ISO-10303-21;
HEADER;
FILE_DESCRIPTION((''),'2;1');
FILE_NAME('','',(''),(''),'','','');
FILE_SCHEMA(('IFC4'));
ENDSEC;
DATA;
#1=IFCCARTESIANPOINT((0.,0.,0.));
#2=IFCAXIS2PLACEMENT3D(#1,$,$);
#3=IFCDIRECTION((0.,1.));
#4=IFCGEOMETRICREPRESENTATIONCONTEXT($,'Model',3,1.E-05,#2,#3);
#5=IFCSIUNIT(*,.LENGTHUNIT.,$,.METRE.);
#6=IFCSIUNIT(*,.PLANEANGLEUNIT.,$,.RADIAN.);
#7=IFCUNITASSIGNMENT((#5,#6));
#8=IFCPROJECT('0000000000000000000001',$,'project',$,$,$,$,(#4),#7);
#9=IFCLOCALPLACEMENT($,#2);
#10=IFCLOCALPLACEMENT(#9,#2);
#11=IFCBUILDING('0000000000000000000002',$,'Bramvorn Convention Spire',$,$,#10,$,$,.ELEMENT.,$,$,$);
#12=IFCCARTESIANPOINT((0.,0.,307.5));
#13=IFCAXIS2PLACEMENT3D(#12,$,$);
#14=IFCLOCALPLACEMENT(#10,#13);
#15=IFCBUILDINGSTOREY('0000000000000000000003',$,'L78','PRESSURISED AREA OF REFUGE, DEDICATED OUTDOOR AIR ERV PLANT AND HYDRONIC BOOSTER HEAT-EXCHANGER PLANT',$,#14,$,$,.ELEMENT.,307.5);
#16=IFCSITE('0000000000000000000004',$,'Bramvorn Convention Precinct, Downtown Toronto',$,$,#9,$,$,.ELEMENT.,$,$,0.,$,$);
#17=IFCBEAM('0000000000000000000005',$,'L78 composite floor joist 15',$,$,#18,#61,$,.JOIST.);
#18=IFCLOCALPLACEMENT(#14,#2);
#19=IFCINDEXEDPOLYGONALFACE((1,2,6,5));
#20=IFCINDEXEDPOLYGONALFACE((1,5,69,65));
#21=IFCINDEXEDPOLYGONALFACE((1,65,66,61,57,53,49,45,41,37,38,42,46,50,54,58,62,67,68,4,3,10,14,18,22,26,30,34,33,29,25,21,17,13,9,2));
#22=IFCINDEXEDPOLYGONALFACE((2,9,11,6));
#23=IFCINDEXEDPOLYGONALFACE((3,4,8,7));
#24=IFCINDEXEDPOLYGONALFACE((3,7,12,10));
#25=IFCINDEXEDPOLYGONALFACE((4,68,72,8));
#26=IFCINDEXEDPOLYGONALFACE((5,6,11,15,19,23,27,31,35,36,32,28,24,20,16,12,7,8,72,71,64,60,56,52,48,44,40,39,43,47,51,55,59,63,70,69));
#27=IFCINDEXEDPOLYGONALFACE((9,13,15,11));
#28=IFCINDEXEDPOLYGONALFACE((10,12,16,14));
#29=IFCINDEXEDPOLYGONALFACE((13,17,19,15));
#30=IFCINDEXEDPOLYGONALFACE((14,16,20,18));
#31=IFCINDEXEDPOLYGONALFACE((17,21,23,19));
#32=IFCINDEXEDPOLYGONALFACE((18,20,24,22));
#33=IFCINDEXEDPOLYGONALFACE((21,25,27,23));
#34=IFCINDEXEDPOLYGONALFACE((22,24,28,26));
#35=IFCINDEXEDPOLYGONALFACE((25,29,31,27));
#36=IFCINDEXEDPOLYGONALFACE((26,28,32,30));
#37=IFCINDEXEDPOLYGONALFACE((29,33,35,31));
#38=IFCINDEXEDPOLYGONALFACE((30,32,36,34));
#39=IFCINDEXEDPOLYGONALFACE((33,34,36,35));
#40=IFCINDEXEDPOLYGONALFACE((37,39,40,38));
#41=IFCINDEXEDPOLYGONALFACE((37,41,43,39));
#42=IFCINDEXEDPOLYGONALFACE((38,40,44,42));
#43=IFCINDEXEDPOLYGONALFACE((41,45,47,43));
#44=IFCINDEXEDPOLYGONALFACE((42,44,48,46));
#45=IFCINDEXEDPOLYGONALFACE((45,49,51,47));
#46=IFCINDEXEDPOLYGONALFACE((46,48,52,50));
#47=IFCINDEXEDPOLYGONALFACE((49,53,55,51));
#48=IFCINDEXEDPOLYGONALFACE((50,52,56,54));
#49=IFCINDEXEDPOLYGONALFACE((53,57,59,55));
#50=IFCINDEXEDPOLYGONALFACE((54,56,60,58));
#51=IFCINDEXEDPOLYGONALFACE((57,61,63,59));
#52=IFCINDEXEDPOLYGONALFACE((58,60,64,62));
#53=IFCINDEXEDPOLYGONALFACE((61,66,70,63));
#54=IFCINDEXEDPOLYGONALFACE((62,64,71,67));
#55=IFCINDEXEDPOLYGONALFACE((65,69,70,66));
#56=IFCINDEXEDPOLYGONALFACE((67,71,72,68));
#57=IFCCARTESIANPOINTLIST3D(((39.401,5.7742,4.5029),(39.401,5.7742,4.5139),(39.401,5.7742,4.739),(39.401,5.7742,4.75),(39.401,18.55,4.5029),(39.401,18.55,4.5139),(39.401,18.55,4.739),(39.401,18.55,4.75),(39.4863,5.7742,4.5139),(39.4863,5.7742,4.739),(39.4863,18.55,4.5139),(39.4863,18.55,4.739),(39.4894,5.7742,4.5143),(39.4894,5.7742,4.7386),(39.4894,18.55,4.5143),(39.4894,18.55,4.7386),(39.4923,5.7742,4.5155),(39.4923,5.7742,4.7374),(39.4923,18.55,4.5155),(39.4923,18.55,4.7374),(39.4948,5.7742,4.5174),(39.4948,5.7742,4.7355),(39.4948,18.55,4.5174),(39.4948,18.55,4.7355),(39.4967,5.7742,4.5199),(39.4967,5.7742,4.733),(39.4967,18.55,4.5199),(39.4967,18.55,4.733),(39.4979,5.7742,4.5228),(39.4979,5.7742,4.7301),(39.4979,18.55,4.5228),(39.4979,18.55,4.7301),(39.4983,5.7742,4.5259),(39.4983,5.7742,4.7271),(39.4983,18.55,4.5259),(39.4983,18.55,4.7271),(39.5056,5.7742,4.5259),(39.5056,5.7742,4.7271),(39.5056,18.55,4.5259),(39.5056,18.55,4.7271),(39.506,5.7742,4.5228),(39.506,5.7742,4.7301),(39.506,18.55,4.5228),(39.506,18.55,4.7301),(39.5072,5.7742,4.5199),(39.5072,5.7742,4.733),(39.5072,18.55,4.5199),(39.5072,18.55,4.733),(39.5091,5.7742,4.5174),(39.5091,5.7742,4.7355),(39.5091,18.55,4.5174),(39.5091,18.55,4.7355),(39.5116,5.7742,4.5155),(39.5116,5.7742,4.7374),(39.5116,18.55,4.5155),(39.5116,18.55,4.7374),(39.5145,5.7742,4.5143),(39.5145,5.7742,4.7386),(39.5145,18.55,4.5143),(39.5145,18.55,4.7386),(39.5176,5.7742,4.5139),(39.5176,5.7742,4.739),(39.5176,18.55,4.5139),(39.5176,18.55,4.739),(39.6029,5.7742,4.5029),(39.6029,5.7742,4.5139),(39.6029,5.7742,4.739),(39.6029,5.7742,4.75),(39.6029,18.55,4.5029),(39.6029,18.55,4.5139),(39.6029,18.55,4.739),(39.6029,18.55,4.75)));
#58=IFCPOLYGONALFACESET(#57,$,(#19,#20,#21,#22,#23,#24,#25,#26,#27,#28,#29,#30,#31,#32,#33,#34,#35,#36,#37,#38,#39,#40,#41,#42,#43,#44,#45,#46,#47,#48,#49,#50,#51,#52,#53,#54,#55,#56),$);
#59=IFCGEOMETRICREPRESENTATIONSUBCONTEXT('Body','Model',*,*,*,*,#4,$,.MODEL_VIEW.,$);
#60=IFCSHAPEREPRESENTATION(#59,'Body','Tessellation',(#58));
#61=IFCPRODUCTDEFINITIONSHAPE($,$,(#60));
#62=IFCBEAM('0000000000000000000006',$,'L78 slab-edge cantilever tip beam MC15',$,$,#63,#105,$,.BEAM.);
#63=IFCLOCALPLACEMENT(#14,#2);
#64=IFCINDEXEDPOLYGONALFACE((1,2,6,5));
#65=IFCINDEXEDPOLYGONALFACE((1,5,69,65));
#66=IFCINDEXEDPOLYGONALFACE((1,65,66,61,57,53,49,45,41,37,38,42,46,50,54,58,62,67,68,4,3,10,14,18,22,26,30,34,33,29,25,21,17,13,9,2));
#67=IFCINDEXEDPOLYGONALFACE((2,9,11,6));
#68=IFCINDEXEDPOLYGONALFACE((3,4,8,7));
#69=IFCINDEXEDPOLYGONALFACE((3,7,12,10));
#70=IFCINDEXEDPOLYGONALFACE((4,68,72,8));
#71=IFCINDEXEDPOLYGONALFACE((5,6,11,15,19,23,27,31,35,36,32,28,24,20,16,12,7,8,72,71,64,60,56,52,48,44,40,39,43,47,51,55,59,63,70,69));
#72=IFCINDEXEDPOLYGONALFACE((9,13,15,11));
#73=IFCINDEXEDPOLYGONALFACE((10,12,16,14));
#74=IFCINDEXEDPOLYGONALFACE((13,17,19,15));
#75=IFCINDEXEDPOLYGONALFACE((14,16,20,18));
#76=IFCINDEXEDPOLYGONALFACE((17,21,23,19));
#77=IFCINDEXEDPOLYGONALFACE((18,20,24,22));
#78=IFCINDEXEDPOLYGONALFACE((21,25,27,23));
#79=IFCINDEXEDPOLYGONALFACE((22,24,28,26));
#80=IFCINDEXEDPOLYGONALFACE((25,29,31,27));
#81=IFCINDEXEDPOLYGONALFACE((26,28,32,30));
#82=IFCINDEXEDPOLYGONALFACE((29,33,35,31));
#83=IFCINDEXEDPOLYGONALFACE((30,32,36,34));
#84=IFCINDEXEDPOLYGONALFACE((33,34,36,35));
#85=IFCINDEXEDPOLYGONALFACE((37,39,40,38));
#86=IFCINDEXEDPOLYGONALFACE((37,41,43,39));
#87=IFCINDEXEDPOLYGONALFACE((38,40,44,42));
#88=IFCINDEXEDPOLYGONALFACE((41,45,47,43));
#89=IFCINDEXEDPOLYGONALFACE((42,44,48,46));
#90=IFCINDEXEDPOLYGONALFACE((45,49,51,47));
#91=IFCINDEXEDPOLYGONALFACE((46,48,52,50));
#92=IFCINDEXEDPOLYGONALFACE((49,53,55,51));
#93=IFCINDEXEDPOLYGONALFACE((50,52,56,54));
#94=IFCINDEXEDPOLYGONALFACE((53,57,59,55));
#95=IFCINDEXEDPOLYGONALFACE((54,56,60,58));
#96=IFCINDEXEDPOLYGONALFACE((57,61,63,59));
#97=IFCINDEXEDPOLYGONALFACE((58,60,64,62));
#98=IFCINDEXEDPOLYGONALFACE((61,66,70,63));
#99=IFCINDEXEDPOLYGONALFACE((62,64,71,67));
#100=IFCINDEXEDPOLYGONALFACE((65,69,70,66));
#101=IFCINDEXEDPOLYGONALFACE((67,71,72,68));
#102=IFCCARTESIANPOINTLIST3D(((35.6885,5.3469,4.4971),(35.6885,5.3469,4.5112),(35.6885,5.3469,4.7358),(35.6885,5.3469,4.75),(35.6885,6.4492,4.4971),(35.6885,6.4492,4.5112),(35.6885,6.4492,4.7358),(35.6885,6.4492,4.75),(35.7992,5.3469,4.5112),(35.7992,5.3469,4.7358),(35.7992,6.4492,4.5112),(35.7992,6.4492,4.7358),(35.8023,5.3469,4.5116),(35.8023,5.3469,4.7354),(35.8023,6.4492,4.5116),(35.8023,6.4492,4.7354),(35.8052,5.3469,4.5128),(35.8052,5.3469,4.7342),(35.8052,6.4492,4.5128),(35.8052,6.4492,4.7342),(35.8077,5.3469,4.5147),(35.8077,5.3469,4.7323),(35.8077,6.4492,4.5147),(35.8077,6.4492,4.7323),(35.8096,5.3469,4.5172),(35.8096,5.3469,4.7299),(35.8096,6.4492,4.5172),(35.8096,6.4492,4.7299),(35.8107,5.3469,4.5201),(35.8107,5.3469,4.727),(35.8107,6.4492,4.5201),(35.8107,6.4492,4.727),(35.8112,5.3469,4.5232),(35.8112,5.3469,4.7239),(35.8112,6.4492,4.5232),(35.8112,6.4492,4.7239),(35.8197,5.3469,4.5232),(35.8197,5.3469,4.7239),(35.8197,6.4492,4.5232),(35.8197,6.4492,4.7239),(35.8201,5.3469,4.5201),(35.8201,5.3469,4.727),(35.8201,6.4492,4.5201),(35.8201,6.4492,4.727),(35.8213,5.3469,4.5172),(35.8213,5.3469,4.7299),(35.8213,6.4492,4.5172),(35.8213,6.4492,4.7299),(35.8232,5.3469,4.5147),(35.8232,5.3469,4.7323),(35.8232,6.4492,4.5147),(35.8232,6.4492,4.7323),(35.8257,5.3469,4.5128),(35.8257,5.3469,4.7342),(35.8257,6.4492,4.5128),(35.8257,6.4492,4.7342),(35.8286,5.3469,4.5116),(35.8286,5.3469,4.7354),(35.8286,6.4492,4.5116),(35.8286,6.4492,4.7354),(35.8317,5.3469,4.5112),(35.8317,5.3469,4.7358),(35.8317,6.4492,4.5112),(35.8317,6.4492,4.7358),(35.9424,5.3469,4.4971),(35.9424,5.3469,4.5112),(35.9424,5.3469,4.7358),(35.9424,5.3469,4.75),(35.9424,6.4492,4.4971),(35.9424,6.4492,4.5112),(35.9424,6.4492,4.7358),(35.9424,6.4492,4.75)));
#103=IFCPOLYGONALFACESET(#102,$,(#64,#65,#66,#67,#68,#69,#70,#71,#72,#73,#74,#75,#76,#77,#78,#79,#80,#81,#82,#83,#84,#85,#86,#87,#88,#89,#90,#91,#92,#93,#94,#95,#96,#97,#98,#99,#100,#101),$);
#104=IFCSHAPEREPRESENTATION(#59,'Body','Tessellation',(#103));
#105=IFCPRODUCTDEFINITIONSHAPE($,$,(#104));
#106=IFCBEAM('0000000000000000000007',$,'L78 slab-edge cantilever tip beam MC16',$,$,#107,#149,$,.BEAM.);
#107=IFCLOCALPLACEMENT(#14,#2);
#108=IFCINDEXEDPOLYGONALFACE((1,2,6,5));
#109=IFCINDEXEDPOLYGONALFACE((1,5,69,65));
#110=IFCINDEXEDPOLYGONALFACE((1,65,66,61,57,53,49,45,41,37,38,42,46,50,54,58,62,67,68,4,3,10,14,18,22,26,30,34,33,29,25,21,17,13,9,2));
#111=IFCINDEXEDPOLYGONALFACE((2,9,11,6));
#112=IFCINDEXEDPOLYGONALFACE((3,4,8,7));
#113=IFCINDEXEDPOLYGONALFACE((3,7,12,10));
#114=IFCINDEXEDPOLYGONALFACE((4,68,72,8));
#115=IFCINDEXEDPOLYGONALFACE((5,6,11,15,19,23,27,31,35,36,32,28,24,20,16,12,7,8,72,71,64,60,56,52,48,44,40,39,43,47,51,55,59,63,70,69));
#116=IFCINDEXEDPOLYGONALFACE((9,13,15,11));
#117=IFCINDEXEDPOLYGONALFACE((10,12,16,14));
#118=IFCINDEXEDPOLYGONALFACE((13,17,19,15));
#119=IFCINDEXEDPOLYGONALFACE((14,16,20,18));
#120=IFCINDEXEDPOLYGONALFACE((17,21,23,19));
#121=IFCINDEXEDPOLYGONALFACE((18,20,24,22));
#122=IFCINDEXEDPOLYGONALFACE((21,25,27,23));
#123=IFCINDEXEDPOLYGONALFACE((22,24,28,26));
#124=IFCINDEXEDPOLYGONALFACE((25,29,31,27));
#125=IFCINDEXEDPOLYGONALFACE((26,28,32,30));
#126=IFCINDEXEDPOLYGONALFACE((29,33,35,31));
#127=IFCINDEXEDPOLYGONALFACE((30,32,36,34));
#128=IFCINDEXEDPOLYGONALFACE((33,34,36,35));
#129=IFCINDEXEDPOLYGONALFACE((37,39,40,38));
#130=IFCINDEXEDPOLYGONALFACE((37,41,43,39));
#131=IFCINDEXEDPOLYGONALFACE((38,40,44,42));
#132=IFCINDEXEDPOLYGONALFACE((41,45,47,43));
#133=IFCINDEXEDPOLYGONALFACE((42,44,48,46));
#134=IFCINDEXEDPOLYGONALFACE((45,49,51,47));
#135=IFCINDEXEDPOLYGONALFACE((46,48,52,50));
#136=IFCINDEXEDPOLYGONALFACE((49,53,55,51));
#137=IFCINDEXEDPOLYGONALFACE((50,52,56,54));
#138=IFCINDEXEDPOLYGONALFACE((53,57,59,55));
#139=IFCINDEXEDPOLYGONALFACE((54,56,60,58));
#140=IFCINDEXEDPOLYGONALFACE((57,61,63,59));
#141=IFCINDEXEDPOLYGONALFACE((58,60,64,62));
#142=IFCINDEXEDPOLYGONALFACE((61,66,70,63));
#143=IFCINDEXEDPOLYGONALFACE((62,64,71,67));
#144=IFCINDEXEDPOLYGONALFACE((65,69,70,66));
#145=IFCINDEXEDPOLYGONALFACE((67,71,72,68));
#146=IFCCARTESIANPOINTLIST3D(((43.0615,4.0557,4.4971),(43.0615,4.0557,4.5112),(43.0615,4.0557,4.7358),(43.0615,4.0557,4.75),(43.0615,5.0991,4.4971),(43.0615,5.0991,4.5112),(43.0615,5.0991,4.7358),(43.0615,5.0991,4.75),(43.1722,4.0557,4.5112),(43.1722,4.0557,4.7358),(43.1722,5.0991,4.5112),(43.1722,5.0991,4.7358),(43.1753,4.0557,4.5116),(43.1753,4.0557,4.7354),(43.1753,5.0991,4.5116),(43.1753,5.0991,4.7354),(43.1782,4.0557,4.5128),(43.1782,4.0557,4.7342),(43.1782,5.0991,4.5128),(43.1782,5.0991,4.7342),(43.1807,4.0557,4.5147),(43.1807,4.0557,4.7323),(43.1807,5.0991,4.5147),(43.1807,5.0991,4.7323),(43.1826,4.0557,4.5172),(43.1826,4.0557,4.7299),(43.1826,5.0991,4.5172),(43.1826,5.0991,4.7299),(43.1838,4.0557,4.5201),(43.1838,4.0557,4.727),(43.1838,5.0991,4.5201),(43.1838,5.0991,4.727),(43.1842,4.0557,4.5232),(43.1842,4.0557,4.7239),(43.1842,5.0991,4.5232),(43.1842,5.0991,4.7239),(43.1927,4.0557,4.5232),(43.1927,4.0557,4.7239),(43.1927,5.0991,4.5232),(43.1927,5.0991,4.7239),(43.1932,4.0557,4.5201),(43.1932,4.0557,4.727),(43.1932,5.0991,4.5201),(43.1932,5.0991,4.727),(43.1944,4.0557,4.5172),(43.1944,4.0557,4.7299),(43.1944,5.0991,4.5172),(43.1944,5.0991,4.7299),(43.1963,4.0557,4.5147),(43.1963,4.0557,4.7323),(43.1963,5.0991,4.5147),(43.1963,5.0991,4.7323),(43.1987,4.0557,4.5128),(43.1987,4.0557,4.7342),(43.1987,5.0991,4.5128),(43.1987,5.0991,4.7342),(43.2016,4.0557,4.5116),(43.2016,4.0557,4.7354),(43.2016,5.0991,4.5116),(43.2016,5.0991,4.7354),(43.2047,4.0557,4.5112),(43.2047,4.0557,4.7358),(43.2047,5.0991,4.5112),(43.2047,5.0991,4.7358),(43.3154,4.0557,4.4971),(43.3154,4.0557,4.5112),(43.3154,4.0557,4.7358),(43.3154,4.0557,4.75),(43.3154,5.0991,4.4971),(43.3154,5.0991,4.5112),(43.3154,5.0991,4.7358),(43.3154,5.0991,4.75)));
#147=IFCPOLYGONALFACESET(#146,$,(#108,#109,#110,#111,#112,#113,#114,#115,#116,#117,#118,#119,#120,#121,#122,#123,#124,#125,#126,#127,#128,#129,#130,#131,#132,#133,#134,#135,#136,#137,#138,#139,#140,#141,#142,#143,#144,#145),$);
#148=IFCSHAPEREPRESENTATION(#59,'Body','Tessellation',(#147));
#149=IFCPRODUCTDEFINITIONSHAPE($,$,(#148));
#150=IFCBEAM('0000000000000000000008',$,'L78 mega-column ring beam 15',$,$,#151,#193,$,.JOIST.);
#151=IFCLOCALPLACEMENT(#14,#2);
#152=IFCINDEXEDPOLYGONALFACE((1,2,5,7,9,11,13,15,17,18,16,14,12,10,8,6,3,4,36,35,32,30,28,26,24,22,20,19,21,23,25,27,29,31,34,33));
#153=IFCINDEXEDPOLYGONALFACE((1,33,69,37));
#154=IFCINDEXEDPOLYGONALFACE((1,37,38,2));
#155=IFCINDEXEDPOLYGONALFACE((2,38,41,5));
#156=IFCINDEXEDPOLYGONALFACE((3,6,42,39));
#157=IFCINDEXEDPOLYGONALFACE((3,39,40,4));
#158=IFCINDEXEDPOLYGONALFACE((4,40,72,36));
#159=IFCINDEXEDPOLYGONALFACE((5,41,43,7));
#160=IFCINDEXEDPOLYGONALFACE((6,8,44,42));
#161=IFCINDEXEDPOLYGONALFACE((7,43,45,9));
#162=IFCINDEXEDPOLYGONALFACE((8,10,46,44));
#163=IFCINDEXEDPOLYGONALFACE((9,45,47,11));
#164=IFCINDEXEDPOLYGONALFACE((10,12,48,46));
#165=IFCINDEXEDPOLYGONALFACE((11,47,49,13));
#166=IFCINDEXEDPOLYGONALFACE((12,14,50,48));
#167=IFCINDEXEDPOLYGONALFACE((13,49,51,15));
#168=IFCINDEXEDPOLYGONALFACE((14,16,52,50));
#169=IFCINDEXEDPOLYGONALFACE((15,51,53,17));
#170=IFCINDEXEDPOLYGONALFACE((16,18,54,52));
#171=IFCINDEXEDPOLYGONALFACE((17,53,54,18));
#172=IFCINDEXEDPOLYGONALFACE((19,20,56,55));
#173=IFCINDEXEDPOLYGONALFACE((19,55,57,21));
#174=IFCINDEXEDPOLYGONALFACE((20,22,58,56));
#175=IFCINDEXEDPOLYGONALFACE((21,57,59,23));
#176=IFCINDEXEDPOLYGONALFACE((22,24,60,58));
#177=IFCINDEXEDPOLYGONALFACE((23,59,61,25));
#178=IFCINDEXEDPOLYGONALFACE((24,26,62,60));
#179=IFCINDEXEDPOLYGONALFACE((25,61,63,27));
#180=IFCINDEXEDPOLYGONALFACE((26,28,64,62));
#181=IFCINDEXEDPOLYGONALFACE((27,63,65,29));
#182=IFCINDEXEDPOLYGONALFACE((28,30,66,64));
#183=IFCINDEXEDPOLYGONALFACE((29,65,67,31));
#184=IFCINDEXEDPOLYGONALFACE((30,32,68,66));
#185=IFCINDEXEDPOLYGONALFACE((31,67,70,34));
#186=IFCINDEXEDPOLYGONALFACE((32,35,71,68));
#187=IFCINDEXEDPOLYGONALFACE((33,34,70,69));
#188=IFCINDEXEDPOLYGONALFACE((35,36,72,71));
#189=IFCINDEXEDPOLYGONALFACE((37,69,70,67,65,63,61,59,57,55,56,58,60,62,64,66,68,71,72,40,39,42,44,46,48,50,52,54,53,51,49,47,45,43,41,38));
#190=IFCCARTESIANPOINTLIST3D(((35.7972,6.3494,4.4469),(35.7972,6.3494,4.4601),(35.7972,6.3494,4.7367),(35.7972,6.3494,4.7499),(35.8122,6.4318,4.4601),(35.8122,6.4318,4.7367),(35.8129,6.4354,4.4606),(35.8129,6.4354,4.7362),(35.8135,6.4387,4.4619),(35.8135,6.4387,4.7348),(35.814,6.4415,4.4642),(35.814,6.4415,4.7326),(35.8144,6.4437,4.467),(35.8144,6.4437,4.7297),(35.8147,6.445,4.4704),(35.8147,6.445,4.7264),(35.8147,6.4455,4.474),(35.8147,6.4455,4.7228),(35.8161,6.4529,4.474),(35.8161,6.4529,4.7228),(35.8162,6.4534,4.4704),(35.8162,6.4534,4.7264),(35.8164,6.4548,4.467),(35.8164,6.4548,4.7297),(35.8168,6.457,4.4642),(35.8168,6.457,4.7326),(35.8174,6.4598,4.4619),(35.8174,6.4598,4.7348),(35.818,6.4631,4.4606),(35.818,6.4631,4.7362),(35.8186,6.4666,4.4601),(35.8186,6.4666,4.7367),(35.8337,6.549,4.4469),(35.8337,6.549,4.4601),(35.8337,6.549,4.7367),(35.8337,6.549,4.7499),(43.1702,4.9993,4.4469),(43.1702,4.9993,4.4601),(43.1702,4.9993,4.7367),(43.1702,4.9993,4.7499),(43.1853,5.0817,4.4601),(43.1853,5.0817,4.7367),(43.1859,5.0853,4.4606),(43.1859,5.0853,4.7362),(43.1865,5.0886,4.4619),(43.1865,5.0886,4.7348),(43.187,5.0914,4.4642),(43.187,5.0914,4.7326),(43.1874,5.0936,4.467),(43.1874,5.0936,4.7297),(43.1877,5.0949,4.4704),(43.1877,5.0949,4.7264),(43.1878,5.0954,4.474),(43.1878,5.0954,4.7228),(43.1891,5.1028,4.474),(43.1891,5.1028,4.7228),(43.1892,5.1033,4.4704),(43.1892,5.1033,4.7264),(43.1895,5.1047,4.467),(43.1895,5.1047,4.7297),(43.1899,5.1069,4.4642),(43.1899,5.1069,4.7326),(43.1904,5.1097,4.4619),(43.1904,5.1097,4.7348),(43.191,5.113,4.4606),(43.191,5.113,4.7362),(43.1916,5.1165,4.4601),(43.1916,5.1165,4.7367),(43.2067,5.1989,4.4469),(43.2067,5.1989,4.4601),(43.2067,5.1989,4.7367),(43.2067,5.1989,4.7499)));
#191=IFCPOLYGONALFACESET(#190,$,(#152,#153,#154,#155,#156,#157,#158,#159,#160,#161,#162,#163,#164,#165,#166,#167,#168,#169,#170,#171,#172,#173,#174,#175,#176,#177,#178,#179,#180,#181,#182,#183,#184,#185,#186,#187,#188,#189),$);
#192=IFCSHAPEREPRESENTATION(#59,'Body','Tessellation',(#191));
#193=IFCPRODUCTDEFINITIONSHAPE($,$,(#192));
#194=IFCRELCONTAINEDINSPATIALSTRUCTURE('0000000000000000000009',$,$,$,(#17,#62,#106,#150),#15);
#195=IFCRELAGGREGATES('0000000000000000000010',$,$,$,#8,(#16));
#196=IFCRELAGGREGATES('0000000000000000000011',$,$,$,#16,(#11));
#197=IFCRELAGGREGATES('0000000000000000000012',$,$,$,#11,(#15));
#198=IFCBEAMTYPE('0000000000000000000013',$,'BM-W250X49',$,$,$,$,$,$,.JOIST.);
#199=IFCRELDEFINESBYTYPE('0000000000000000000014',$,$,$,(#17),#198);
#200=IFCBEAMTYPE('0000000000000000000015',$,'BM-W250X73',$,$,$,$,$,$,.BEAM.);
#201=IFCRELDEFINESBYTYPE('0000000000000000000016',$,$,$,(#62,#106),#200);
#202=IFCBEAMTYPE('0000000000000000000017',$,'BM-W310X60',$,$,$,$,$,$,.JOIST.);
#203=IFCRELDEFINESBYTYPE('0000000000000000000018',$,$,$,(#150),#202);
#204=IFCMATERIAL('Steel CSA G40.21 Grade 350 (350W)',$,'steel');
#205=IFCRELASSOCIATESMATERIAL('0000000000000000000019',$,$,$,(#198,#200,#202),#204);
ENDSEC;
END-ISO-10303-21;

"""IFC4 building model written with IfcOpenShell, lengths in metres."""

from ifc_helpers import new_model, si_unit, direction, frame, origin, origin_2d, place, context, subcontext, project, spatial, i_section, extrude, material, material_profile, profile_set, type_object, element, save


model = new_model("IFC4")

# Units and contexts
model_context = context("Model", 3, precision=1e-05, world=origin(), true_north=direction((0.0, 1.0)))
body_context = subcontext(model_context, "Body", "Model", "MODEL_VIEW")
ifc_project = project(units=[si_unit("LENGTHUNIT", "METRE"), si_unit("PLANEANGLEUNIT", "RADIAN")], contexts=[model_context])

# Site, building, storey
site_placement = place(None, origin())
site = spatial("IfcSite", under=ifc_project, at=site_placement, Name="Bramvorn Convention Precinct, Downtown Toronto", CompositionType="ELEMENT", RefElevation=0.0)
building_placement = place(site_placement, origin())
building = spatial("IfcBuilding", under=site, at=building_placement, Name="Bramvorn Convention Spire", CompositionType="ELEMENT")
storey_placement = place(building_placement, frame((0.0, 0.0, 307.5)))
storey = spatial("IfcBuildingStorey", under=building, at=storey_placement, Name="L78", Description="PRESSURISED AREA OF REFUGE, DEDICATED OUTDOOR AIR ERV PLANT AND HYDRONIC BOOSTER HEAT-EXCHANGER PLANT", CompositionType="ELEMENT", Elevation=307.5)

# Shared definitions
ifc_material_1 = material(Name="Steel CSA G40.21 Grade 350 (350W)", Category="steel")

# Beams
ifc_material_profile_1 = material_profile(ifc_material_1, i_section(OverallWidth=0.2019, OverallDepth=0.2471, WebThickness=0.0073, FlangeThickness=0.011, FilletRadius=0.012, at=origin_2d()))
ifc_profile_set_1 = profile_set([ifc_material_profile_1], Name="Steel CSA G40.21 Grade 350 (350W) - W250X49")
beam_type_1 = type_object("IfcBeamType", Name="BM-W250X49", PredefinedType="JOIST", material=ifc_profile_set_1)
beam_1_placement = place(storey_placement, frame((39.502, 18.55, 4.6265), z_axis=(0.0, -1.0, 0.0), x_axis=(1.0, 0.0, 0.0)))
element("IfcBeam", 1, at=beam_1_placement, inside=storey, type_object=beam_type_1, Name="L78 composite floor joist 15", PredefinedType="JOIST", context=body_context, shape_type="SweptSolid", body=[
    extrude(i_section(OverallWidth=0.2019, OverallDepth=0.2471, WebThickness=0.0073, FlangeThickness=0.011, FilletRadius=0.012, at=origin_2d()), origin(), (0.0, 0.0, 1.0), 12.7759),
])
ifc_material_profile_2 = material_profile(ifc_material_1, i_section(OverallWidth=0.2539, OverallDepth=0.2529, WebThickness=0.0085, FlangeThickness=0.0142, FilletRadius=0.012, at=origin_2d()))
ifc_profile_set_2 = profile_set([ifc_material_profile_2], Name="Steel CSA G40.21 Grade 350 (350W) - W250X73")
beam_type_2 = type_object("IfcBeamType", Name="BM-W250X73", PredefinedType="BEAM", material=ifc_profile_set_2)
beam_2_placement = place(storey_placement, frame((35.8154, 6.4492, 4.6235), z_axis=(0.0, -1.0, 0.0), x_axis=(1.0, 0.0, 0.0)))
element("IfcBeam", 2, at=beam_2_placement, inside=storey, type_object=beam_type_2, Name="L78 slab-edge cantilever tip beam MC15", PredefinedType="BEAM", context=body_context, shape_type="SweptSolid", body=[
    extrude(i_section(OverallWidth=0.2539, OverallDepth=0.2529, WebThickness=0.0085, FlangeThickness=0.0142, FilletRadius=0.012, at=origin_2d()), origin(), (0.0, 0.0, 1.0), 1.1023),
])
beam_3_placement = place(storey_placement, frame((43.1885, 5.0991, 4.6235), z_axis=(0.0, -1.0, 0.0), x_axis=(1.0, 0.0, 0.0)))
element("IfcBeam", 3, at=beam_3_placement, inside=storey, type_object=beam_type_2, Name="L78 slab-edge cantilever tip beam MC16", PredefinedType="BEAM", context=body_context, shape_type="SweptSolid", body=[
    extrude(i_section(OverallWidth=0.2539, OverallDepth=0.2529, WebThickness=0.0085, FlangeThickness=0.0142, FilletRadius=0.012, at=origin_2d()), origin(), (0.0, 0.0, 1.0), 1.0435),
])
ifc_material_profile_3 = material_profile(ifc_material_1, i_section(OverallWidth=0.2029, OverallDepth=0.303, WebThickness=0.0076, FlangeThickness=0.0132, FilletRadius=0.0139, at=origin_2d()))
ifc_profile_set_3 = profile_set([ifc_material_profile_3], Name="Steel CSA G40.21 Grade 350 (350W) - W310X60")
beam_type_3 = type_object("IfcBeamType", Name="BM-W310X60", PredefinedType="JOIST", material=ifc_profile_set_3)
beam_4_placement = place(storey_placement, frame((35.8154, 6.4492, 4.5984), z_axis=(0.983645, -0.180118, 0.0), x_axis=(0.180118, 0.983645, 0.0)))
element("IfcBeam", 4, at=beam_4_placement, inside=storey, type_object=beam_type_3, Name="L78 mega-column ring beam 15", PredefinedType="JOIST", context=body_context, shape_type="SweptSolid", body=[
    extrude(i_section(OverallWidth=0.2029, OverallDepth=0.303, WebThickness=0.0076, FlangeThickness=0.0132, FilletRadius=0.0139, at=origin_2d()), origin(), (0.0, 0.0, 1.0), 7.4956),
])

save(model, "model.ifc")
